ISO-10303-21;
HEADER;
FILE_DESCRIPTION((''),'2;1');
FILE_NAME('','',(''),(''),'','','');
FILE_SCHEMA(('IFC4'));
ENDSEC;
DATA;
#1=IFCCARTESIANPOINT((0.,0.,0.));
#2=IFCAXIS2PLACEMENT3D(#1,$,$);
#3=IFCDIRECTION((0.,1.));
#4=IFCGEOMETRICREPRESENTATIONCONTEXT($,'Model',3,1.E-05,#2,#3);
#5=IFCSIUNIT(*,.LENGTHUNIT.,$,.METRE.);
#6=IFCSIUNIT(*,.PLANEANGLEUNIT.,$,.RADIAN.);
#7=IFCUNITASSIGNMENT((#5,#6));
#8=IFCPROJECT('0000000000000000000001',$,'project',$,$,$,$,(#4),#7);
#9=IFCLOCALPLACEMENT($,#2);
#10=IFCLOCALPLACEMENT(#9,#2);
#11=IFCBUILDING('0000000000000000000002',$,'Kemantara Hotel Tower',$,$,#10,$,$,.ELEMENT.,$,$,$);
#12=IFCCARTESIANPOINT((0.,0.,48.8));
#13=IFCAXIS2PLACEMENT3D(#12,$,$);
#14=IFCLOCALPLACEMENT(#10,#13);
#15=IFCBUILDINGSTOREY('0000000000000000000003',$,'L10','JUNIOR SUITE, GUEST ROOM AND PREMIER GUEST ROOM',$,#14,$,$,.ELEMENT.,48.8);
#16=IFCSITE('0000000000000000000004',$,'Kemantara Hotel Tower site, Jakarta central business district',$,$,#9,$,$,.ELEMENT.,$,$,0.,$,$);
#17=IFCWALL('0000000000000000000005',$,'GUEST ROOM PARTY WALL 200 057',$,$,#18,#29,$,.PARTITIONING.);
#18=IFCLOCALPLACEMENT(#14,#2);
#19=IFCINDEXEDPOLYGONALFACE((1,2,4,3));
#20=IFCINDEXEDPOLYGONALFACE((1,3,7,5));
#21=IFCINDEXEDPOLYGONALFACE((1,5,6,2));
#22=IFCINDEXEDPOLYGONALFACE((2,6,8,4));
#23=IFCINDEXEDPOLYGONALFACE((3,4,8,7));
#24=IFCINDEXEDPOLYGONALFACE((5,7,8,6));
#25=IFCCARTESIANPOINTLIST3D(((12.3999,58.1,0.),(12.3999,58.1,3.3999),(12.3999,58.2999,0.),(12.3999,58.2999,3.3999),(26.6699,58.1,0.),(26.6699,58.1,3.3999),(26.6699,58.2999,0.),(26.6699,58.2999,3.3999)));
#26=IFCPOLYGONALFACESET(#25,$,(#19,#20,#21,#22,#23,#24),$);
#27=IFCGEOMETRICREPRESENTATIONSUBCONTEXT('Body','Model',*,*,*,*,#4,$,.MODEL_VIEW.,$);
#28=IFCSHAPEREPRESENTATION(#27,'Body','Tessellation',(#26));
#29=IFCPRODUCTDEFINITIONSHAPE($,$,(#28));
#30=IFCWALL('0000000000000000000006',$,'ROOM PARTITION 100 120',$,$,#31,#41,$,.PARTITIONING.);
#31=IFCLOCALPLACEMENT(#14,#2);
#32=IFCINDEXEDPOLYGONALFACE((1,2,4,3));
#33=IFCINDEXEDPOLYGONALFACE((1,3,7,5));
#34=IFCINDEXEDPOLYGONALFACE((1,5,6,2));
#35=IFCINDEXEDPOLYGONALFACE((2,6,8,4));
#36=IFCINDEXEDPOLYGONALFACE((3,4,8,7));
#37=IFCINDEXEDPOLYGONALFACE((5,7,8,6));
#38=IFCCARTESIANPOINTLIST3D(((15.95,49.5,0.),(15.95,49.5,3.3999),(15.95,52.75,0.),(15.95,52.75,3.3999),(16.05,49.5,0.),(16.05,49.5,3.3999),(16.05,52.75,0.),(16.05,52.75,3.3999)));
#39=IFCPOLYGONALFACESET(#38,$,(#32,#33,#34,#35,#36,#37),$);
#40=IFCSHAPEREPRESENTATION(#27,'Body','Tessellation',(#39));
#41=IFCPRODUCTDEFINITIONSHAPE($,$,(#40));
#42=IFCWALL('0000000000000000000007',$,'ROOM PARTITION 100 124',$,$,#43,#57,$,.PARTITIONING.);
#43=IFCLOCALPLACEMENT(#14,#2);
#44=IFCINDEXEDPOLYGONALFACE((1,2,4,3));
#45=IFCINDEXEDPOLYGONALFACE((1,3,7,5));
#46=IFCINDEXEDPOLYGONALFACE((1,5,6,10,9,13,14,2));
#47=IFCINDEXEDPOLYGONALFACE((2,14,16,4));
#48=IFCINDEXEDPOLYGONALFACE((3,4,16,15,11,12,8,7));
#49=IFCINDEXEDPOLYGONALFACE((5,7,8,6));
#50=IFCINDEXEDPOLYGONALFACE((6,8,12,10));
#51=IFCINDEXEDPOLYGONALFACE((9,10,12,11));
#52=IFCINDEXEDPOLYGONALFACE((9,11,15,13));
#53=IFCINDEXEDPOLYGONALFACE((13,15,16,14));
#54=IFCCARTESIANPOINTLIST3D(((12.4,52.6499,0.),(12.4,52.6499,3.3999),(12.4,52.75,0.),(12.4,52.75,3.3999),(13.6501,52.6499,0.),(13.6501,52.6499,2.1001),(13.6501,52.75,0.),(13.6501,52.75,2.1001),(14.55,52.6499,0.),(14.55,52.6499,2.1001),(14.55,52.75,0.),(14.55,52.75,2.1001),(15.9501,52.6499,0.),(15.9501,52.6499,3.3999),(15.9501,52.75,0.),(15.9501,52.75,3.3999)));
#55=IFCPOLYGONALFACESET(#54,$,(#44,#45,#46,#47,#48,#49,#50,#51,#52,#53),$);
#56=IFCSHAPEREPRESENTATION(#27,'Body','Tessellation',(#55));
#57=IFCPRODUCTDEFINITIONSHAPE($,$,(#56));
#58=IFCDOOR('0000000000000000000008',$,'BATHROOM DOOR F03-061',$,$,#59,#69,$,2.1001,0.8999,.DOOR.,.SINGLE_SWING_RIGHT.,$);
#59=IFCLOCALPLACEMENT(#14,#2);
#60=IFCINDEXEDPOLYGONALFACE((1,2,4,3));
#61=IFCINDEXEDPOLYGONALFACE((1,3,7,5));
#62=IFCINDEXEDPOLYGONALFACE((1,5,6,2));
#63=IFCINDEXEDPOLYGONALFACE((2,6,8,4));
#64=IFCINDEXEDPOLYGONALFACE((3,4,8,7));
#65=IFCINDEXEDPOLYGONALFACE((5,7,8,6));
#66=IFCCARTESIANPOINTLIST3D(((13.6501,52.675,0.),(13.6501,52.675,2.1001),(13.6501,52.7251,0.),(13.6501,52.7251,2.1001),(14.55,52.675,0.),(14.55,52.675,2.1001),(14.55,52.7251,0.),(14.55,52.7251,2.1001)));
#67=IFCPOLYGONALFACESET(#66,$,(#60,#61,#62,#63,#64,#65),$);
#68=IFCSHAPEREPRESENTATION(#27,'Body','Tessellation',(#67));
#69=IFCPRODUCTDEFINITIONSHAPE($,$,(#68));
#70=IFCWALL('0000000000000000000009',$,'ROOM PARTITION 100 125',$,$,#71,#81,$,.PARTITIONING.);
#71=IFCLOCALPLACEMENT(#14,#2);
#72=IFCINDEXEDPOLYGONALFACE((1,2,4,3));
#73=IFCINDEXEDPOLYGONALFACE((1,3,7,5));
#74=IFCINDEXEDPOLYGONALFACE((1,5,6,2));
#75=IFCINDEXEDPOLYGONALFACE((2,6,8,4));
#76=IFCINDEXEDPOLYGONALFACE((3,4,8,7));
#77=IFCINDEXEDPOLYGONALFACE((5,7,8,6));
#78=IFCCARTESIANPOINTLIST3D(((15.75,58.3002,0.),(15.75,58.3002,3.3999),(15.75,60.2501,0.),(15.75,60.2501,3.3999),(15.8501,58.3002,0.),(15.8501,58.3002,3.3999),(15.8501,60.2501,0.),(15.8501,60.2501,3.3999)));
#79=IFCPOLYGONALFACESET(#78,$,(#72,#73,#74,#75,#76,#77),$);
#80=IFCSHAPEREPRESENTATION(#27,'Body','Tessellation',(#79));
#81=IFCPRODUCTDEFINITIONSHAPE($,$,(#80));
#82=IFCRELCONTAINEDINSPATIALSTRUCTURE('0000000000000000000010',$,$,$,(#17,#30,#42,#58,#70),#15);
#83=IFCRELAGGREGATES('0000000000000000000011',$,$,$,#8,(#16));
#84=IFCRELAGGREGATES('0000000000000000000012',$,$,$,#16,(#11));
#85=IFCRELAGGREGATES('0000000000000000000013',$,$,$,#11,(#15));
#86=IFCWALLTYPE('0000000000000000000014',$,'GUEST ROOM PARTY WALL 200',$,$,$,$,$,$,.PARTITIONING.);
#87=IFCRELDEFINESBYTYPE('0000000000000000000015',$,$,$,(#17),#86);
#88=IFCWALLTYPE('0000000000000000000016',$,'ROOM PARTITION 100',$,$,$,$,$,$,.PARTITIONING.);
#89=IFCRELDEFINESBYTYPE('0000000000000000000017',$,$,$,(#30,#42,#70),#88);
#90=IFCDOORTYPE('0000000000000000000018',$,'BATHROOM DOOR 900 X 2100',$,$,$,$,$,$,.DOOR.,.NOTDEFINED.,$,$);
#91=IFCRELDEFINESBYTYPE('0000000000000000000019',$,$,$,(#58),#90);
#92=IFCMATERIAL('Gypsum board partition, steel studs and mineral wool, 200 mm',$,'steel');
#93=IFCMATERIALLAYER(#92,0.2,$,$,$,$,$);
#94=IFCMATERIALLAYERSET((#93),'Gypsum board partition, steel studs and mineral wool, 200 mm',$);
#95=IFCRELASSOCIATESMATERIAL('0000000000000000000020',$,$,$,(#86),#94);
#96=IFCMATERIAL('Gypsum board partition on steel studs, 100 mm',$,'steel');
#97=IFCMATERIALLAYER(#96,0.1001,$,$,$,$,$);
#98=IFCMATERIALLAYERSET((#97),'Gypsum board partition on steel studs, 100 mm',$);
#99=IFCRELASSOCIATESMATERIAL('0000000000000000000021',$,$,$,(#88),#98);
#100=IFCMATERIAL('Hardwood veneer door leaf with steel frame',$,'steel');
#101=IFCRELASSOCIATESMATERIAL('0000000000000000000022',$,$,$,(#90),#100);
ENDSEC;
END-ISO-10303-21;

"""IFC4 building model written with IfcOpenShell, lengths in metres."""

from ifc_helpers import new_model, si_unit, direction, frame, frame_2d, origin, place, context, subcontext, project, spatial, rectangle, extrude, material, layer, layer_set, type_object, element, fill, save


model = new_model("IFC4")

# Units and contexts
model_context = context("Model", 3, precision=1e-05, world=origin(), true_north=direction((0.0, 1.0)))
body_context = subcontext(model_context, "Body", "Model", "MODEL_VIEW")
ifc_project = project(units=[si_unit("LENGTHUNIT", "METRE"), si_unit("PLANEANGLEUNIT", "RADIAN")], contexts=[model_context])

# Site, building, storey
site_placement = place(None, origin())
site = spatial("IfcSite", under=ifc_project, at=site_placement, Name="Kemantara Hotel Tower site, Jakarta central business district", CompositionType="ELEMENT", RefElevation=0.0)
building_placement = place(site_placement, origin())
building = spatial("IfcBuilding", under=site, at=building_placement, Name="Kemantara Hotel Tower", CompositionType="ELEMENT")
storey_placement = place(building_placement, frame((0.0, 0.0, 48.8)))
storey = spatial("IfcBuildingStorey", under=building, at=storey_placement, Name="L10", Description="JUNIOR SUITE, GUEST ROOM AND PREMIER GUEST ROOM", CompositionType="ELEMENT", Elevation=48.8)

# Shared definitions
ifc_material_1 = material(Name="Gypsum board partition, steel studs and mineral wool, 200 mm", Category="steel")
ifc_material_2 = material(Name="Hardwood veneer door leaf with steel frame", Category="steel")

# Walls
ifc_layer_1 = layer(ifc_material_1, 0.2)
ifc_layer_set_1 = layer_set([ifc_layer_1], Name="Gypsum board partition, steel studs and mineral wool, 200 mm")
wall_type_1 = type_object("IfcWallType", Name="GUEST ROOM PARTY WALL 200", PredefinedType="PARTITIONING", material=ifc_layer_set_1)
for number, where, z_axis, x_axis, name in (
    (1, (12.3999, 58.2, 0.0), (0.0, 0.0, 1.0), (1.0, 0.0, 0.0), "GUEST ROOM PARTY WALL 200 057"),
):
    element("IfcWall", number, at=place(storey_placement, frame(where, z_axis=z_axis, x_axis=x_axis)), inside=storey, type_object=wall_type_1, Name=name, PredefinedType="PARTITIONING", context=body_context, shape_type="SweptSolid", body=[
        extrude(rectangle(XDim=14.27, YDim=0.2, at=frame_2d((7.135, 0.0))), origin(), (0.0, 0.0, 1.0), 3.3999),
    ])
ifc_material_3 = material(Name="Gypsum board partition on steel studs, 100 mm", Category="steel")
ifc_layer_2 = layer(ifc_material_3, 0.1001)
ifc_layer_set_2 = layer_set([ifc_layer_2], Name="Gypsum board partition on steel studs, 100 mm")
wall_type_2 = type_object("IfcWallType", Name="ROOM PARTITION 100", PredefinedType="PARTITIONING", material=ifc_layer_set_2)
wall_1_placement = place(storey_placement, frame((16.0, 49.5, 0.0), z_axis=(0.0, 0.0, 1.0), x_axis=(0.0, 1.0, 0.0)))
element("IfcWall", 2, at=wall_1_placement, inside=storey, type_object=wall_type_2, Name="ROOM PARTITION 100 120", PredefinedType="PARTITIONING", context=body_context, shape_type="SweptSolid", body=[
    extrude(rectangle(XDim=3.25, YDim=0.1001, at=frame_2d((1.625, 0.0))), origin(), (0.0, 0.0, 1.0), 3.3999),
])

# Wall, opening, door
wall_2_placement = place(storey_placement, frame((15.95, 52.7, 0.0), z_axis=(0.0, 0.0, 1.0), x_axis=(-1.0, 0.0, 0.0)))
wall_2 = element("IfcWall", 3, at=wall_2_placement, inside=storey, type_object=wall_type_2, Name="ROOM PARTITION 100 124", PredefinedType="PARTITIONING", context=body_context, shape_type="SweptSolid", body=[
    extrude(rectangle(XDim=3.55, YDim=0.1001, at=frame_2d((1.7749, 0.0))), origin(), (0.0, 0.0, 1.0), 3.3999),
])
opening_1_placement = place(wall_2_placement, frame((1.3999, 0.0, 0.0)))
opening_1 = element("IfcOpeningElement", 4, at=opening_1_placement, cuts=wall_2, PredefinedType="OPENING", context=body_context, shape_type="SweptSolid", body=[
    extrude(rectangle(XDim=0.8999, YDim=2.1001, at=frame_2d((0.45, 1.05))), frame((0.0, 0.0601, 0.0), z_axis=(0.0, -1.0, 0.0), x_axis=(1.0, 0.0, 0.0)), (0.0, 0.0, 1.0), 0.1201),
])
door_type_1 = type_object("IfcDoorType", Name="BATHROOM DOOR 900 X 2100", OperationType="NOTDEFINED", PredefinedType="DOOR", material=ifc_material_2)
door_1_placement = place(opening_1_placement, origin())
door_1 = element("IfcDoor", 5, at=door_1_placement, inside=storey, type_object=door_type_1, Name="BATHROOM DOOR F03-061", OperationType="SINGLE_SWING_RIGHT", OverallHeight=2.1001, OverallWidth=0.8999, PredefinedType="DOOR", context=body_context, shape_type="SweptSolid", body=[
    extrude(rectangle(XDim=0.8999, YDim=2.1001, at=frame_2d((0.45, 1.05))), frame((0.0, 0.0249, 0.0), z_axis=(0.0, -1.0, 0.0), x_axis=(1.0, 0.0, 0.0)), (0.0, 0.0, 1.0), 0.05),
])
fill(opening_1, door_1)

# Wall
wall_3_placement = place(storey_placement, frame((15.8, 58.3, 0.0), z_axis=(0.0, 0.0, 1.0), x_axis=(0.0, 1.0, 0.0)))
element("IfcWall", 6, at=wall_3_placement, inside=storey, type_object=wall_type_2, Name="ROOM PARTITION 100 125", PredefinedType="PARTITIONING", context=body_context, shape_type="SweptSolid", body=[
    extrude(rectangle(XDim=1.95, YDim=0.1001, at=frame_2d((0.9751, 0.0))), origin(), (0.0, 0.0, 1.0), 3.3999),
])

save(model, "model.ifc")
